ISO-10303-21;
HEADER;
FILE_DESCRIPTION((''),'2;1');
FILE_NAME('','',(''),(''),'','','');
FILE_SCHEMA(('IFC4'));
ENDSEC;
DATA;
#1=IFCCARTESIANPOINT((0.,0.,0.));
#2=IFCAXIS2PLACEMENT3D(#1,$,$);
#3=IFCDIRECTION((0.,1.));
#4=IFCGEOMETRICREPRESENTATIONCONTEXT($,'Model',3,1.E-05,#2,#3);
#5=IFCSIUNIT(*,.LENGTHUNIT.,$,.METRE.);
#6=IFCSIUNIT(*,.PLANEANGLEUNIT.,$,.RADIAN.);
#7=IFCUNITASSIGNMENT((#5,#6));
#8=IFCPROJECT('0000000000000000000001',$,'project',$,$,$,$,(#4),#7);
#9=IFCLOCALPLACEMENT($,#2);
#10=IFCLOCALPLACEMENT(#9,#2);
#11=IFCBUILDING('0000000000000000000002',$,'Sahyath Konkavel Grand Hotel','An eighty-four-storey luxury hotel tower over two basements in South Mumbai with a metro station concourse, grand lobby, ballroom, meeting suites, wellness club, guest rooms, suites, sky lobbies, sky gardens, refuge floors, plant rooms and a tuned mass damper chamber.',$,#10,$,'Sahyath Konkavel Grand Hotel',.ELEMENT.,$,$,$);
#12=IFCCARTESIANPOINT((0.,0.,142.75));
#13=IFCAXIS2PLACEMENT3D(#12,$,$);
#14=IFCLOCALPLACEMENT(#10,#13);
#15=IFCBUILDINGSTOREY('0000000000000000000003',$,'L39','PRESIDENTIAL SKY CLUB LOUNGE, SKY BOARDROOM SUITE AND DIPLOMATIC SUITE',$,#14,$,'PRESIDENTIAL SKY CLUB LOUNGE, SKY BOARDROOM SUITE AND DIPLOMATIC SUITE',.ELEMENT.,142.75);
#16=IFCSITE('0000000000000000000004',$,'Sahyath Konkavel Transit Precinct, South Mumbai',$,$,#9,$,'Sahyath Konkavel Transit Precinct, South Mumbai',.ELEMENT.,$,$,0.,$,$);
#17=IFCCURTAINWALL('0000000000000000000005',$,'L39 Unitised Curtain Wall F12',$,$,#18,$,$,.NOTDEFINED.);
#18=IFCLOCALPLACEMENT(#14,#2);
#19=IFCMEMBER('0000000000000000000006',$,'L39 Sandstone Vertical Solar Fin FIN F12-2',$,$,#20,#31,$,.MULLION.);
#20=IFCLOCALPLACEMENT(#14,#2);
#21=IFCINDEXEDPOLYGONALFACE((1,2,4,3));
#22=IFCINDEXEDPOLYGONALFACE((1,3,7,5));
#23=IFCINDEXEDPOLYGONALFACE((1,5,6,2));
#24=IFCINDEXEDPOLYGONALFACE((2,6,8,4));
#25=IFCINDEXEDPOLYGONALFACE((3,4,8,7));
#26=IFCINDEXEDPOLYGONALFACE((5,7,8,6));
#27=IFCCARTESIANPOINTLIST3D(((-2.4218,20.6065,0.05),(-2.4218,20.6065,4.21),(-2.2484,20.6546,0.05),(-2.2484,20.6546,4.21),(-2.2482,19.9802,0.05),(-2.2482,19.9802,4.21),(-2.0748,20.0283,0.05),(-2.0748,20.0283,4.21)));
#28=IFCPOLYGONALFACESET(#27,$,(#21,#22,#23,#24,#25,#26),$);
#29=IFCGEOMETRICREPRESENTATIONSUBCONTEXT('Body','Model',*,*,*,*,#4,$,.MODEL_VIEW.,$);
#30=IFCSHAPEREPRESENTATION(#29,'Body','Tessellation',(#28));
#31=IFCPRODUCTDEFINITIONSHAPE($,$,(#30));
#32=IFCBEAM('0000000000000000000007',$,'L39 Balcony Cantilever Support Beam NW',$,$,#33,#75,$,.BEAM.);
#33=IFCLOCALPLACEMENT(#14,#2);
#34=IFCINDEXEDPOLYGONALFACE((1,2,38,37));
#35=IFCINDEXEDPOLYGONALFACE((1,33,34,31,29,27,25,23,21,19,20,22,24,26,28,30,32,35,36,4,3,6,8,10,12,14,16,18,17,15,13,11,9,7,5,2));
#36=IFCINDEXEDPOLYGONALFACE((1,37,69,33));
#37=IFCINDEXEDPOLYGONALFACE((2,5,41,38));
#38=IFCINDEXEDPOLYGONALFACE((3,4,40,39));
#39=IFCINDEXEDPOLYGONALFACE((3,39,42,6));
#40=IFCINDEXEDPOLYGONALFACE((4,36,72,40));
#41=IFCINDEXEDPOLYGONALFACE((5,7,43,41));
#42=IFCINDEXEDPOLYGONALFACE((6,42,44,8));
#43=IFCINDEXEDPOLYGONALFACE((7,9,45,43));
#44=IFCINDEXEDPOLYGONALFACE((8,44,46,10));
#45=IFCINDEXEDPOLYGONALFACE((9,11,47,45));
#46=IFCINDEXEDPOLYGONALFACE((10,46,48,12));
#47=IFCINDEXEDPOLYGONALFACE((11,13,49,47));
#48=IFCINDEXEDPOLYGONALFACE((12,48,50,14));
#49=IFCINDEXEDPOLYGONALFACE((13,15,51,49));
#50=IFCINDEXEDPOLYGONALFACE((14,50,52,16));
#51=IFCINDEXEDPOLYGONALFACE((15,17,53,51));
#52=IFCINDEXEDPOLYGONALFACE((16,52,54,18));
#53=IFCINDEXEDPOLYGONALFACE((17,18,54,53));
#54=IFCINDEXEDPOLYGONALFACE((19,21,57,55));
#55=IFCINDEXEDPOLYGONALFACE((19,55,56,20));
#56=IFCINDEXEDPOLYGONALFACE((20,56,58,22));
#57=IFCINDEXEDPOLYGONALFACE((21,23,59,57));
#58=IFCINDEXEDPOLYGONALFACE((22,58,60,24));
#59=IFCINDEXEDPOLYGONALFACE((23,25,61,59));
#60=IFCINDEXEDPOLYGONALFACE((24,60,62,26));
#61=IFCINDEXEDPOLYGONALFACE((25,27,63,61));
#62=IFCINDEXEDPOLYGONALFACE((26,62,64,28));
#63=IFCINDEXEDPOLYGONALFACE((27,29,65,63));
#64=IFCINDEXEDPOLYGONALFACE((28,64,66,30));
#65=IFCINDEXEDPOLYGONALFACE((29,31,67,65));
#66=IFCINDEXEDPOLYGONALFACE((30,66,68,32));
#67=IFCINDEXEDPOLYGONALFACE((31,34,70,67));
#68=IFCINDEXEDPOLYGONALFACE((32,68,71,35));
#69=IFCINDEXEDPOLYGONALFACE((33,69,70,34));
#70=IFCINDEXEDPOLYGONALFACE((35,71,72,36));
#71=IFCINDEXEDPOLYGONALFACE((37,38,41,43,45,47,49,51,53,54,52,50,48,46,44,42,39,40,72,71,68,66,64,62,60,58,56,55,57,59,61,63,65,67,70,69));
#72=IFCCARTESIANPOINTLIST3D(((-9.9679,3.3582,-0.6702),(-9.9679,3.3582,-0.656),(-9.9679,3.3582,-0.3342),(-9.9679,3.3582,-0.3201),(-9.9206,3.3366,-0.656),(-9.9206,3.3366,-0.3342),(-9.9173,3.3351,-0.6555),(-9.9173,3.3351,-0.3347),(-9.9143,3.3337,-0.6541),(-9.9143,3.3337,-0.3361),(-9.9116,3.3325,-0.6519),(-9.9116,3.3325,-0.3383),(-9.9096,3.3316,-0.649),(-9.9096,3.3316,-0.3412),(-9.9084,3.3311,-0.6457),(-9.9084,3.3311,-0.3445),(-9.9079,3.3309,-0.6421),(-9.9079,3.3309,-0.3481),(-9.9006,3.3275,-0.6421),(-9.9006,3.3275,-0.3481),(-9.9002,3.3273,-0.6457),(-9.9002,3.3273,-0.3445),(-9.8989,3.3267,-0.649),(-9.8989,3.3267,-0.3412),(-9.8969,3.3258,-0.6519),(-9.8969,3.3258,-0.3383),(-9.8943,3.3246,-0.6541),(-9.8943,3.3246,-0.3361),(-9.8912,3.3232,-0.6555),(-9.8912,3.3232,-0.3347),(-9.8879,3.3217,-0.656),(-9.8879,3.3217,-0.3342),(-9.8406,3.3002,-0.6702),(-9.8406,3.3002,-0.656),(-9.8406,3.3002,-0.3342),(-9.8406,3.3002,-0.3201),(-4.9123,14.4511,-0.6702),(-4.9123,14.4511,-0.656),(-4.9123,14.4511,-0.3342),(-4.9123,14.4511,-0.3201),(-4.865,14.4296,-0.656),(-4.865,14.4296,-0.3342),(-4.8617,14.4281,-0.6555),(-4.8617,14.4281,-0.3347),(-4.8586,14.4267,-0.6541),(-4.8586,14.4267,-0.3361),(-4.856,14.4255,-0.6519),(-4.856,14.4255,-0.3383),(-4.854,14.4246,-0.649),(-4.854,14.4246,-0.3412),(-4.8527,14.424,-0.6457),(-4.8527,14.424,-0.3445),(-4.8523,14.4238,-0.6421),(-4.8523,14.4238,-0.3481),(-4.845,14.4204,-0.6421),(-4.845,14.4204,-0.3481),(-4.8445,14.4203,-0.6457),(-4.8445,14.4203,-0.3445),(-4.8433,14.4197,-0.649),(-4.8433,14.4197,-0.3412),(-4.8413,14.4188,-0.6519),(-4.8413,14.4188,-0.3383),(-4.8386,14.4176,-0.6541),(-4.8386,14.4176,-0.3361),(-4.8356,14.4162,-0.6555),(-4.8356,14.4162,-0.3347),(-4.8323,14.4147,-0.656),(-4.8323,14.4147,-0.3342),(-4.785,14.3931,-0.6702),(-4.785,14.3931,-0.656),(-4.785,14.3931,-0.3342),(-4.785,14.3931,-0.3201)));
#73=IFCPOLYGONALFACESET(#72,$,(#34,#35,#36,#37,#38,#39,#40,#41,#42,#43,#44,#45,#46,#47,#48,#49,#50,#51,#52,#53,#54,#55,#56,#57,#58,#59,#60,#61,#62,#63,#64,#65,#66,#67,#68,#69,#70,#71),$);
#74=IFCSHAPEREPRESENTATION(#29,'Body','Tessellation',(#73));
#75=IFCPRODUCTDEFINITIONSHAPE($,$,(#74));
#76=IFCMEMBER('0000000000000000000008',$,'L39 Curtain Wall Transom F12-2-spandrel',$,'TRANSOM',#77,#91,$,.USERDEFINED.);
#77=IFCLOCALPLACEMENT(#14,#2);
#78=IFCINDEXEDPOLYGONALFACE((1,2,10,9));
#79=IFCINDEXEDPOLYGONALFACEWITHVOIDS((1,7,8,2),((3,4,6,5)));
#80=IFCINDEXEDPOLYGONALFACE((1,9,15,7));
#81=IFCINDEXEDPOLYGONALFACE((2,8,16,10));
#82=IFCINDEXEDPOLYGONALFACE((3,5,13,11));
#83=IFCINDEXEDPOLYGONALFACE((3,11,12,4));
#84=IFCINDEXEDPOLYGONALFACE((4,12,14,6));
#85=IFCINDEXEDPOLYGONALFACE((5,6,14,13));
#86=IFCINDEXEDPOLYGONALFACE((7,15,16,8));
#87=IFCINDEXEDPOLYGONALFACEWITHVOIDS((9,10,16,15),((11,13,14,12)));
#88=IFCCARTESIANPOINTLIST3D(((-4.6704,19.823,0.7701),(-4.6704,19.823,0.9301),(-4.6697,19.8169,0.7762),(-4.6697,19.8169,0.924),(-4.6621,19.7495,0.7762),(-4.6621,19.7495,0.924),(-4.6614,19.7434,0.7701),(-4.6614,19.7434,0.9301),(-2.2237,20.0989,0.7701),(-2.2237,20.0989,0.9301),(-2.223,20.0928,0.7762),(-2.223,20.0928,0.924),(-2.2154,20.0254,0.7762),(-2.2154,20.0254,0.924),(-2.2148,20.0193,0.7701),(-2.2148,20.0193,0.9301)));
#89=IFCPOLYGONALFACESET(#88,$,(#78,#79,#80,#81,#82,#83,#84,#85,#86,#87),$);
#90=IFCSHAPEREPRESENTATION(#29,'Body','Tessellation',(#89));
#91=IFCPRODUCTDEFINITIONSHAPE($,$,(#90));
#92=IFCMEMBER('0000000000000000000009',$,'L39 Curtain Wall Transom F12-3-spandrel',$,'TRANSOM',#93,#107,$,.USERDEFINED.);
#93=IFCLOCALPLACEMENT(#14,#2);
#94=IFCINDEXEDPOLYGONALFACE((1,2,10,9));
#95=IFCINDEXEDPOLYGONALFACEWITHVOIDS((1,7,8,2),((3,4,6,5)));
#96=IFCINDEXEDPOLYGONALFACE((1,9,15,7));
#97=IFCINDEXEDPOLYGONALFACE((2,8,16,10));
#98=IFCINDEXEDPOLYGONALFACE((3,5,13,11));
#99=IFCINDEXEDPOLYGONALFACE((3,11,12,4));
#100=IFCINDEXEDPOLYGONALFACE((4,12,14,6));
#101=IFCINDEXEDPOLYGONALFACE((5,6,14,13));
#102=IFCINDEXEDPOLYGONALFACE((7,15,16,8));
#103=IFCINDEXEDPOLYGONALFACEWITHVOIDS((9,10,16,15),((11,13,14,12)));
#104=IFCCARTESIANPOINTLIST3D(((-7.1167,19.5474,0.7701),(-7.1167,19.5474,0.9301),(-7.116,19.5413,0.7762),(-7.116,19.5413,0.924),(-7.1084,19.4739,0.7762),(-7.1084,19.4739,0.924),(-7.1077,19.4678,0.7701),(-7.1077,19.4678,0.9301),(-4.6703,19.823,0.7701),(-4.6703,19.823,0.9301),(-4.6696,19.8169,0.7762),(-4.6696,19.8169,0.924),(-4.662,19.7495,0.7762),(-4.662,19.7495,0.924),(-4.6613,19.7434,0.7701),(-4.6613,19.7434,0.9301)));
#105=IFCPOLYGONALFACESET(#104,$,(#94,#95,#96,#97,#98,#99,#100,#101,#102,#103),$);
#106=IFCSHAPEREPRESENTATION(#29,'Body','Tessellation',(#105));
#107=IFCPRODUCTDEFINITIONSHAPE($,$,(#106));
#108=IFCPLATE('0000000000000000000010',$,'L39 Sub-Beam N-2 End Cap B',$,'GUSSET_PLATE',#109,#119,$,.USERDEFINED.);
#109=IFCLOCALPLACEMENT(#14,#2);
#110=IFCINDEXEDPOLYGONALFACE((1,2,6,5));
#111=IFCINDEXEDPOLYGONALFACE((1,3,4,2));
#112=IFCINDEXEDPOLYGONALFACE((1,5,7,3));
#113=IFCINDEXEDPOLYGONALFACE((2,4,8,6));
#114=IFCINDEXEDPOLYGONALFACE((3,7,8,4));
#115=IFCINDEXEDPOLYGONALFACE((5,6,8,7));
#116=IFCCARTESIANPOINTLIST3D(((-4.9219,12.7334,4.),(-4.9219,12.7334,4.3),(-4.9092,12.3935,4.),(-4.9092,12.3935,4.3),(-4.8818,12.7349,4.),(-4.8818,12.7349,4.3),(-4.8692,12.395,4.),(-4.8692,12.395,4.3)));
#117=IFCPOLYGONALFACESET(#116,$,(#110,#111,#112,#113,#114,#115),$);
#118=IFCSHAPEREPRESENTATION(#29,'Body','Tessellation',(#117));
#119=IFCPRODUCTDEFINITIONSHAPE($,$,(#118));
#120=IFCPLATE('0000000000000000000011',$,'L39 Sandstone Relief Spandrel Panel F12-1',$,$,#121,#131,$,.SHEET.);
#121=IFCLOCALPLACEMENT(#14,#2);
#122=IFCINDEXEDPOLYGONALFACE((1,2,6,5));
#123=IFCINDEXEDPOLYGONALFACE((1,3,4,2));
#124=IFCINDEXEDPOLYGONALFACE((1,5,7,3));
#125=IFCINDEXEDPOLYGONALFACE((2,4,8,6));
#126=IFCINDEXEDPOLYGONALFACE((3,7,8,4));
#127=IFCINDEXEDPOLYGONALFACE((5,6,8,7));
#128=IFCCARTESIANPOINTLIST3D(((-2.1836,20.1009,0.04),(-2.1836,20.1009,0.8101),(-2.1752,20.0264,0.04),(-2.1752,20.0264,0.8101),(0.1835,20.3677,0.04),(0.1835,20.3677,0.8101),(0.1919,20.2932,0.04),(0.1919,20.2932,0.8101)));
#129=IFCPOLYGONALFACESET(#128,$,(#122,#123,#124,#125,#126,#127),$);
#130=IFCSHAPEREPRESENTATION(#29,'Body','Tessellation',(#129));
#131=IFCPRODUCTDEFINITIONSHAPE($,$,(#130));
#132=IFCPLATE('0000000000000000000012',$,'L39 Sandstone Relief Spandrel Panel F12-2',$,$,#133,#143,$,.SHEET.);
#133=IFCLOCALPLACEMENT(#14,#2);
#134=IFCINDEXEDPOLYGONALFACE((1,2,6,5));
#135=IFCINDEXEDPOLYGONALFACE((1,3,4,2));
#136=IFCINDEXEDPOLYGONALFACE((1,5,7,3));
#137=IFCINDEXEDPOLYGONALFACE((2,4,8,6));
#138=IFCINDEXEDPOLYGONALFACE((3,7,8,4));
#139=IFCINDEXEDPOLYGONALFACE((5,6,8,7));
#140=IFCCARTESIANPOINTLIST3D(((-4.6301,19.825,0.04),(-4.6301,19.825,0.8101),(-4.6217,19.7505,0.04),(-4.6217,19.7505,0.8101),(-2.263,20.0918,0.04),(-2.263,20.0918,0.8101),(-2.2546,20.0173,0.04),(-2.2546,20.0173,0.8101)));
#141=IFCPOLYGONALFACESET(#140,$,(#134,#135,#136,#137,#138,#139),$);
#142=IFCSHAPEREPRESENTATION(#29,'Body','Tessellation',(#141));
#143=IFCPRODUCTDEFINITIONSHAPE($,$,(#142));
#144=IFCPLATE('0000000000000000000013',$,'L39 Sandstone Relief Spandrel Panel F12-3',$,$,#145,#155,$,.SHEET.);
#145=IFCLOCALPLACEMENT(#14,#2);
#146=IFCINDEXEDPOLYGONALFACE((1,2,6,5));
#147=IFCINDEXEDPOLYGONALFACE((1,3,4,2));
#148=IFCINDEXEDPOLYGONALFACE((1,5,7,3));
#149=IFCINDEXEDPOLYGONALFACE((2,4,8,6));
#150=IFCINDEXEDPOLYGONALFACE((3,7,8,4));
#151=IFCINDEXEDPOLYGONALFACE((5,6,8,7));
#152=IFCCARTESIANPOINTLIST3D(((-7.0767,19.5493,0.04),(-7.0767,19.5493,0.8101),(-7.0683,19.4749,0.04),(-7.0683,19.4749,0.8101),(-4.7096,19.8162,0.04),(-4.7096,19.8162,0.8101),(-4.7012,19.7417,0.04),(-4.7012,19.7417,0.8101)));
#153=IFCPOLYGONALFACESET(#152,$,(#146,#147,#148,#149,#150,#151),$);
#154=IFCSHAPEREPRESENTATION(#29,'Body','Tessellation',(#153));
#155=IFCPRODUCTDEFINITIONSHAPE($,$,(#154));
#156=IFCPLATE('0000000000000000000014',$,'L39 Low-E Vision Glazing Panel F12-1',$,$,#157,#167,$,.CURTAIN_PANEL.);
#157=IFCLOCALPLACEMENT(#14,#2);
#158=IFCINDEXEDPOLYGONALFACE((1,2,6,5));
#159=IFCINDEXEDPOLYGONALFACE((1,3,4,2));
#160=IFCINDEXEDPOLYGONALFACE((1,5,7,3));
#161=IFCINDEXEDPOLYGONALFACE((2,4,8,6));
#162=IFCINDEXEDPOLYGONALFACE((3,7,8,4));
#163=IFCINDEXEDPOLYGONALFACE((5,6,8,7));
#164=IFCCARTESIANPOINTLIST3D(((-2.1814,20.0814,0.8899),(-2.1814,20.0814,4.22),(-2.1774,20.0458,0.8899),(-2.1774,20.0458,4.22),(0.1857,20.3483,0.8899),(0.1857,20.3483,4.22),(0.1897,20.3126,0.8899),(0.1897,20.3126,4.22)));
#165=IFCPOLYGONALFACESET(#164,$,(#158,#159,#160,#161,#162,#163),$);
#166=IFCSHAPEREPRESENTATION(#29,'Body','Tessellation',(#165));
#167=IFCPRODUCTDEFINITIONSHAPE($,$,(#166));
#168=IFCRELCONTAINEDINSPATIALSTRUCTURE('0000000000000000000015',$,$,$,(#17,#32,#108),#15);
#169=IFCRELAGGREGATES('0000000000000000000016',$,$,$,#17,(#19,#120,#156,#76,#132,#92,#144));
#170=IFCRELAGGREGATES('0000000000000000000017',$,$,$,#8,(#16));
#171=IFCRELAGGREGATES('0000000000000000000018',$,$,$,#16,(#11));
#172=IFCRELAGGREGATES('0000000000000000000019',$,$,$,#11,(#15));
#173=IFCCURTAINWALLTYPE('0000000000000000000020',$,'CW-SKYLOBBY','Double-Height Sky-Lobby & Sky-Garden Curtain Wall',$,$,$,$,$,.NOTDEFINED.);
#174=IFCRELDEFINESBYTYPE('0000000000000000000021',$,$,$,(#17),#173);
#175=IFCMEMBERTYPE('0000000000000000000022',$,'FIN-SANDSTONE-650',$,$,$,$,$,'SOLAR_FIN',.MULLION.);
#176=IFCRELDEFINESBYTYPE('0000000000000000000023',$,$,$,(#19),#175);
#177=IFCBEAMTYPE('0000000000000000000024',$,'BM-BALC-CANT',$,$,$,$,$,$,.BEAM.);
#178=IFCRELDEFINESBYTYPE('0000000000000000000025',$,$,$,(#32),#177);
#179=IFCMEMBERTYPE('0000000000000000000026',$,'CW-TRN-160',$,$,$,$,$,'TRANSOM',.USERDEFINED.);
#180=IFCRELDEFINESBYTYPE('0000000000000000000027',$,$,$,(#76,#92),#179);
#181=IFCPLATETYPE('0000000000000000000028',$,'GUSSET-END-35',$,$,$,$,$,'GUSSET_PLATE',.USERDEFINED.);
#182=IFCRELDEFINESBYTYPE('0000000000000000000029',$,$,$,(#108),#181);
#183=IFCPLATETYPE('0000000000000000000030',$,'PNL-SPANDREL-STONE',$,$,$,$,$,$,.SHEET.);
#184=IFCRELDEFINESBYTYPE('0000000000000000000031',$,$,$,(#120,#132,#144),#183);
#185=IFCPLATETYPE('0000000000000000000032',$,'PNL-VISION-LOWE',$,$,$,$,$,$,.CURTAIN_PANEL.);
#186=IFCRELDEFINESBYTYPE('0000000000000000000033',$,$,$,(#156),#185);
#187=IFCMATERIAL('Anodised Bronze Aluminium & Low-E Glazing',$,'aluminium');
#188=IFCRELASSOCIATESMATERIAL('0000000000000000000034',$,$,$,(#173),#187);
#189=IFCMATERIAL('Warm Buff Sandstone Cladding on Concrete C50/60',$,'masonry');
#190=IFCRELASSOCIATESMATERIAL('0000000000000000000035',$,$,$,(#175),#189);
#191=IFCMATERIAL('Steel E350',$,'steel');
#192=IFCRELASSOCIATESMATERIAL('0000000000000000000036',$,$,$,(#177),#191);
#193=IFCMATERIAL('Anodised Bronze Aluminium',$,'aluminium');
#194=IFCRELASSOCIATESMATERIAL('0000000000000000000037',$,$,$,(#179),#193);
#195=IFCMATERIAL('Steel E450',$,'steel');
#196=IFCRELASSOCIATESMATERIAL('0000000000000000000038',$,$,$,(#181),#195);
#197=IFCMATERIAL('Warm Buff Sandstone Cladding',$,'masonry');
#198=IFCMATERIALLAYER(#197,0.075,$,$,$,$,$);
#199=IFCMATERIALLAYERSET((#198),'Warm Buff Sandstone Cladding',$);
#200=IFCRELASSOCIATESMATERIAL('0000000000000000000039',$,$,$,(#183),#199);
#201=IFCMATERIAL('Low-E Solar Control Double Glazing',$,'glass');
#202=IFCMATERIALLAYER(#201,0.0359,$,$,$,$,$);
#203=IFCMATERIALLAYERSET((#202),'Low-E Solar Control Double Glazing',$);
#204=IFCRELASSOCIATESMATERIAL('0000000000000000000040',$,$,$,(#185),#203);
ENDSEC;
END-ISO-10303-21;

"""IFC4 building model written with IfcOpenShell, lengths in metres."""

from ifc_helpers import new_model, si_unit, direction, frame, origin, origin_2d, place, context, subcontext, project, spatial, rectangle, hollow_rectangle, i_section, extrude, source, transform, mapped, material, layer, layer_set, material_profile, profile_set, type_object, element, aggregate, save


model = new_model("IFC4")

# Units and contexts
model_context = context("Model", 3, precision=1e-05, world=origin(), true_north=direction((0.0, 1.0)))
body_context = subcontext(model_context, "Body", "Model", "MODEL_VIEW")
ifc_project = project(units=[si_unit("LENGTHUNIT", "METRE"), si_unit("PLANEANGLEUNIT", "RADIAN")], contexts=[model_context])

# Site, building, storey
site_placement = place(None, origin())
site = spatial("IfcSite", under=ifc_project, at=site_placement, Name="Sahyath Konkavel Transit Precinct, South Mumbai", LongName="Sahyath Konkavel Transit Precinct, South Mumbai", CompositionType="ELEMENT", RefElevation=0.0)
building_placement = place(site_placement, origin())
building = spatial("IfcBuilding", under=site, at=building_placement, Name="Sahyath Konkavel Grand Hotel", Description="An eighty-four-storey luxury hotel tower over two basements in South Mumbai with a metro station concourse, grand lobby, ballroom, meeting suites, wellness club, guest rooms, suites, sky lobbies, sky gardens, refuge floors, plant rooms and a tuned mass damper chamber.", LongName="Sahyath Konkavel Grand Hotel", CompositionType="ELEMENT")
storey_placement = place(building_placement, frame((0.0, 0.0, 142.75)))
storey = spatial("IfcBuildingStorey", under=building, at=storey_placement, Name="L39", Description="PRESIDENTIAL SKY CLUB LOUNGE, SKY BOARDROOM SUITE AND DIPLOMATIC SUITE", LongName="PRESIDENTIAL SKY CLUB LOUNGE, SKY BOARDROOM SUITE AND DIPLOMATIC SUITE", CompositionType="ELEMENT", Elevation=142.75)

# Shared definitions
ifc_material_1 = material(Name="Steel E350", Category="steel")

# Curtain wall
ifc_material_2 = material(Name="Anodised Bronze Aluminium & Low-E Glazing", Category="aluminium")
curtain_wall_type = type_object("IfcCurtainWallType", Name="CW-SKYLOBBY", Description="Double-Height Sky-Lobby & Sky-Garden Curtain Wall", PredefinedType="NOTDEFINED", material=ifc_material_2)
curtain_wall_1_placement = place(storey_placement, origin())
curtain_wall_1 = element("IfcCurtainWall", 1, at=curtain_wall_1_placement, inside=storey, type_object=curtain_wall_type, Name="L39 Unitised Curtain Wall F12", PredefinedType="NOTDEFINED")
ifc_material_3 = material(Name="Anodised Bronze Aluminium", Category="aluminium")

# Member
ifc_material_4 = material(Name="Warm Buff Sandstone Cladding on Concrete C50/60", Category="masonry")
ifc_material_profile_1 = material_profile(ifc_material_4, rectangle(XDim=0.1799, YDim=0.6499, at=origin_2d()), Name="FIN 180x650")
ifc_profile_set_1 = profile_set([ifc_material_profile_1], Name="Warm Buff Sandstone Cladding on Concrete C50/60")
member_type_1 = type_object("IfcMemberType", Name="FIN-SANDSTONE-650", ElementType="SOLAR_FIN", PredefinedType="MULLION", material=ifc_profile_set_1)
shared_shape_1 = source(origin(), body_context, "Body", "SweptSolid", [
    extrude(rectangle(XDim=0.1799, YDim=0.6499, at=origin_2d()), origin(), (0.0, 0.0, 1.0), 4.1599),
])
member_1_placement = place(storey_placement, frame((-2.2483, 20.3174, 0.05), z_axis=(0.0, 0.0, 1.0), x_axis=(0.963677, 0.26707, 0.0)))
member_1 = element("IfcMember", 2, at=member_1_placement, type_object=member_type_1, Name="L39 Sandstone Vertical Solar Fin FIN F12-2", PredefinedType="MULLION", context=body_context, shape_type="MappedRepresentation", body=[
    mapped(shared_shape_1, transform((0.0, 0.0, 0.0), scale=1.0)),
])

# Beam
ifc_material_profile_2 = material_profile(ifc_material_1, i_section(OverallWidth=0.1399, OverallDepth=0.3501, WebThickness=0.0081, FlangeThickness=0.0142, FilletRadius=0.0139, at=origin_2d()), Name="ISMB 350")
ifc_profile_set_2 = profile_set([ifc_material_profile_2], Name="Steel E350")
beam_type_1 = type_object("IfcBeamType", Name="BM-BALC-CANT", PredefinedType="BEAM", material=ifc_profile_set_2)
shared_shape_2 = source(origin(), body_context, "Body", "SweptSolid", [
    extrude(i_section(OverallWidth=0.1399, OverallDepth=0.3501, WebThickness=0.0081, FlangeThickness=0.0142, FilletRadius=0.0139, at=origin_2d()), origin(), (0.0, 0.0, 1.0), 12.1907),
])
beam_1_placement = place(storey_placement, frame((-4.8486, 14.4221, -0.4951), z_axis=(-0.414713, -0.909952, 0.0), x_axis=(0.909952, -0.414713, 0.0)))
element("IfcBeam", 3, at=beam_1_placement, inside=storey, type_object=beam_type_1, Name="L39 Balcony Cantilever Support Beam NW", PredefinedType="BEAM", context=body_context, shape_type="MappedRepresentation", body=[
    mapped(shared_shape_2, transform((0.0, 0.0, 0.0), scale=1.0)),
])

# Members
ifc_material_profile_3 = material_profile(ifc_material_3, hollow_rectangle(XDim=0.0801, YDim=0.1599, WallThickness=0.0061, at=origin_2d()), Name="RHS 160x80x6")
ifc_profile_set_3 = profile_set([ifc_material_profile_3], Name="Anodised Bronze Aluminium")
member_type_2 = type_object("IfcMemberType", Name="CW-TRN-160", ElementType="TRANSOM", PredefinedType="USERDEFINED", material=ifc_profile_set_3)
shared_shape_3 = source(origin(), body_context, "Body", "SweptSolid", [
    extrude(hollow_rectangle(XDim=0.0801, YDim=0.1599, WallThickness=0.0061, at=origin_2d()), origin(), (0.0, 0.0, 1.0), 2.4622),
])
member_2_placement = place(storey_placement, frame((-2.2192, 20.0591, 0.8501), z_axis=(-0.993702, -0.112053, 0.0), x_axis=(0.112053, -0.993702, 0.0)))
member_2 = element("IfcMember", 4, at=member_2_placement, type_object=member_type_2, Name="L39 Curtain Wall Transom F12-2-spandrel", ObjectType="TRANSOM", PredefinedType="USERDEFINED", context=body_context, shape_type="MappedRepresentation", body=[
    mapped(shared_shape_3, transform((0.0, 0.0, 0.0), scale=1.0)),
])
shared_shape_4 = source(origin(), body_context, "Body", "SweptSolid", [
    extrude(hollow_rectangle(XDim=0.0801, YDim=0.1599, WallThickness=0.0061, at=origin_2d()), origin(), (0.0, 0.0, 1.0), 2.4619),
])
member_3_placement = place(storey_placement, frame((-4.6658, 19.7832, 0.8501), z_axis=(-0.993713, -0.111955, 0.0), x_axis=(0.111955, -0.993713, 0.0)))
member_3 = element("IfcMember", 5, at=member_3_placement, type_object=member_type_2, Name="L39 Curtain Wall Transom F12-3-spandrel", ObjectType="TRANSOM", PredefinedType="USERDEFINED", context=body_context, shape_type="MappedRepresentation", body=[
    mapped(shared_shape_4, transform((0.0, 0.0, 0.0), scale=1.0)),
])

# Plates
ifc_material_5 = material(Name="Steel E450", Category="steel")
plate_type_1 = type_object("IfcPlateType", Name="GUSSET-END-35", ElementType="GUSSET_PLATE", PredefinedType="USERDEFINED", material=ifc_material_5)
shared_shape_5 = source(origin(), body_context, "Body", "SweptSolid", [
    extrude(rectangle(XDim=0.04, YDim=0.3401, at=origin_2d()), origin(), (0.0, 0.0, 1.0), 0.3),
])
plate_1_placement = place(storey_placement, frame((-4.8955, 12.5642, 4.0), z_axis=(0.0, 0.0, 1.0), x_axis=(-0.999305, -0.037272, 0.0)))
element("IfcPlate", 6, at=plate_1_placement, inside=storey, type_object=plate_type_1, Name="L39 Sub-Beam N-2 End Cap B", ObjectType="GUSSET_PLATE", PredefinedType="USERDEFINED", context=body_context, shape_type="MappedRepresentation", body=[
    mapped(shared_shape_5, transform((0.0, 0.0, 0.0), scale=1.0)),
])
ifc_material_6 = material(Name="Warm Buff Sandstone Cladding", Category="masonry")
ifc_layer_1 = layer(ifc_material_6, 0.075)
ifc_layer_set_1 = layer_set([ifc_layer_1], Name="Warm Buff Sandstone Cladding")
plate_type_2 = type_object("IfcPlateType", Name="PNL-SPANDREL-STONE", PredefinedType="SHEET", material=ifc_layer_set_1)
shared_shape_6 = source(origin(), body_context, "Body", "SweptSolid", [
    extrude(rectangle(XDim=2.3821, YDim=0.075, at=origin_2d()), origin(), (0.0, 0.0, 1.0), 0.77),
])
plate_2_placement = place(storey_placement, frame((-0.9958, 20.197, 0.04), z_axis=(0.0, 0.0, 1.0), x_axis=(-0.993707, -0.112007, 0.0)))
plate_2 = element("IfcPlate", 7, at=plate_2_placement, type_object=plate_type_2, Name="L39 Sandstone Relief Spandrel Panel F12-1", PredefinedType="SHEET", context=body_context, shape_type="MappedRepresentation", body=[
    mapped(shared_shape_6, transform((0.0, 0.0, 0.0), scale=1.0)),
])
plate_3_placement = place(storey_placement, frame((-3.4424, 19.9211, 0.04), z_axis=(0.0, 0.0, 1.0), x_axis=(-0.993707, -0.112007, 0.0)))
plate_3 = element("IfcPlate", 8, at=plate_3_placement, type_object=plate_type_2, Name="L39 Sandstone Relief Spandrel Panel F12-2", PredefinedType="SHEET", context=body_context, shape_type="MappedRepresentation", body=[
    mapped(shared_shape_6, transform((0.0, 0.0, 0.0), scale=1.0)),
])
plate_4_placement = place(storey_placement, frame((-5.8889, 19.6455, 0.04), z_axis=(0.0, 0.0, 1.0), x_axis=(-0.993707, -0.112007, 0.0)))
plate_4 = element("IfcPlate", 9, at=plate_4_placement, type_object=plate_type_2, Name="L39 Sandstone Relief Spandrel Panel F12-3", PredefinedType="SHEET", context=body_context, shape_type="MappedRepresentation", body=[
    mapped(shared_shape_6, transform((0.0, 0.0, 0.0), scale=1.0)),
])
ifc_material_7 = material(Name="Low-E Solar Control Double Glazing", Category="glass")
ifc_layer_2 = layer(ifc_material_7, 0.0359)
ifc_layer_set_2 = layer_set([ifc_layer_2], Name="Low-E Solar Control Double Glazing")
plate_type_3 = type_object("IfcPlateType", Name="PNL-VISION-LOWE", PredefinedType="CURTAIN_PANEL", material=ifc_layer_set_2)
shared_shape_7 = source(origin(), body_context, "Body", "SweptSolid", [
    extrude(rectangle(XDim=2.3821, YDim=0.0359, at=origin_2d()), origin(), (0.0, 0.0, 1.0), 3.3301),
])
plate_5_placement = place(storey_placement, frame((-0.9958, 20.197, 0.8899), z_axis=(0.0, 0.0, 1.0), x_axis=(-0.993707, -0.112007, 0.0)))
plate_5 = element("IfcPlate", 10, at=plate_5_placement, type_object=plate_type_3, Name="L39 Low-E Vision Glazing Panel F12-1", PredefinedType="CURTAIN_PANEL", context=body_context, shape_type="MappedRepresentation", body=[
    mapped(shared_shape_7, transform((0.0, 0.0, 0.0), scale=1.0)),
])
aggregate(curtain_wall_1, [member_1, plate_2, plate_5, member_2, plate_3, member_3, plate_4])

save(model, "model.ifc")
